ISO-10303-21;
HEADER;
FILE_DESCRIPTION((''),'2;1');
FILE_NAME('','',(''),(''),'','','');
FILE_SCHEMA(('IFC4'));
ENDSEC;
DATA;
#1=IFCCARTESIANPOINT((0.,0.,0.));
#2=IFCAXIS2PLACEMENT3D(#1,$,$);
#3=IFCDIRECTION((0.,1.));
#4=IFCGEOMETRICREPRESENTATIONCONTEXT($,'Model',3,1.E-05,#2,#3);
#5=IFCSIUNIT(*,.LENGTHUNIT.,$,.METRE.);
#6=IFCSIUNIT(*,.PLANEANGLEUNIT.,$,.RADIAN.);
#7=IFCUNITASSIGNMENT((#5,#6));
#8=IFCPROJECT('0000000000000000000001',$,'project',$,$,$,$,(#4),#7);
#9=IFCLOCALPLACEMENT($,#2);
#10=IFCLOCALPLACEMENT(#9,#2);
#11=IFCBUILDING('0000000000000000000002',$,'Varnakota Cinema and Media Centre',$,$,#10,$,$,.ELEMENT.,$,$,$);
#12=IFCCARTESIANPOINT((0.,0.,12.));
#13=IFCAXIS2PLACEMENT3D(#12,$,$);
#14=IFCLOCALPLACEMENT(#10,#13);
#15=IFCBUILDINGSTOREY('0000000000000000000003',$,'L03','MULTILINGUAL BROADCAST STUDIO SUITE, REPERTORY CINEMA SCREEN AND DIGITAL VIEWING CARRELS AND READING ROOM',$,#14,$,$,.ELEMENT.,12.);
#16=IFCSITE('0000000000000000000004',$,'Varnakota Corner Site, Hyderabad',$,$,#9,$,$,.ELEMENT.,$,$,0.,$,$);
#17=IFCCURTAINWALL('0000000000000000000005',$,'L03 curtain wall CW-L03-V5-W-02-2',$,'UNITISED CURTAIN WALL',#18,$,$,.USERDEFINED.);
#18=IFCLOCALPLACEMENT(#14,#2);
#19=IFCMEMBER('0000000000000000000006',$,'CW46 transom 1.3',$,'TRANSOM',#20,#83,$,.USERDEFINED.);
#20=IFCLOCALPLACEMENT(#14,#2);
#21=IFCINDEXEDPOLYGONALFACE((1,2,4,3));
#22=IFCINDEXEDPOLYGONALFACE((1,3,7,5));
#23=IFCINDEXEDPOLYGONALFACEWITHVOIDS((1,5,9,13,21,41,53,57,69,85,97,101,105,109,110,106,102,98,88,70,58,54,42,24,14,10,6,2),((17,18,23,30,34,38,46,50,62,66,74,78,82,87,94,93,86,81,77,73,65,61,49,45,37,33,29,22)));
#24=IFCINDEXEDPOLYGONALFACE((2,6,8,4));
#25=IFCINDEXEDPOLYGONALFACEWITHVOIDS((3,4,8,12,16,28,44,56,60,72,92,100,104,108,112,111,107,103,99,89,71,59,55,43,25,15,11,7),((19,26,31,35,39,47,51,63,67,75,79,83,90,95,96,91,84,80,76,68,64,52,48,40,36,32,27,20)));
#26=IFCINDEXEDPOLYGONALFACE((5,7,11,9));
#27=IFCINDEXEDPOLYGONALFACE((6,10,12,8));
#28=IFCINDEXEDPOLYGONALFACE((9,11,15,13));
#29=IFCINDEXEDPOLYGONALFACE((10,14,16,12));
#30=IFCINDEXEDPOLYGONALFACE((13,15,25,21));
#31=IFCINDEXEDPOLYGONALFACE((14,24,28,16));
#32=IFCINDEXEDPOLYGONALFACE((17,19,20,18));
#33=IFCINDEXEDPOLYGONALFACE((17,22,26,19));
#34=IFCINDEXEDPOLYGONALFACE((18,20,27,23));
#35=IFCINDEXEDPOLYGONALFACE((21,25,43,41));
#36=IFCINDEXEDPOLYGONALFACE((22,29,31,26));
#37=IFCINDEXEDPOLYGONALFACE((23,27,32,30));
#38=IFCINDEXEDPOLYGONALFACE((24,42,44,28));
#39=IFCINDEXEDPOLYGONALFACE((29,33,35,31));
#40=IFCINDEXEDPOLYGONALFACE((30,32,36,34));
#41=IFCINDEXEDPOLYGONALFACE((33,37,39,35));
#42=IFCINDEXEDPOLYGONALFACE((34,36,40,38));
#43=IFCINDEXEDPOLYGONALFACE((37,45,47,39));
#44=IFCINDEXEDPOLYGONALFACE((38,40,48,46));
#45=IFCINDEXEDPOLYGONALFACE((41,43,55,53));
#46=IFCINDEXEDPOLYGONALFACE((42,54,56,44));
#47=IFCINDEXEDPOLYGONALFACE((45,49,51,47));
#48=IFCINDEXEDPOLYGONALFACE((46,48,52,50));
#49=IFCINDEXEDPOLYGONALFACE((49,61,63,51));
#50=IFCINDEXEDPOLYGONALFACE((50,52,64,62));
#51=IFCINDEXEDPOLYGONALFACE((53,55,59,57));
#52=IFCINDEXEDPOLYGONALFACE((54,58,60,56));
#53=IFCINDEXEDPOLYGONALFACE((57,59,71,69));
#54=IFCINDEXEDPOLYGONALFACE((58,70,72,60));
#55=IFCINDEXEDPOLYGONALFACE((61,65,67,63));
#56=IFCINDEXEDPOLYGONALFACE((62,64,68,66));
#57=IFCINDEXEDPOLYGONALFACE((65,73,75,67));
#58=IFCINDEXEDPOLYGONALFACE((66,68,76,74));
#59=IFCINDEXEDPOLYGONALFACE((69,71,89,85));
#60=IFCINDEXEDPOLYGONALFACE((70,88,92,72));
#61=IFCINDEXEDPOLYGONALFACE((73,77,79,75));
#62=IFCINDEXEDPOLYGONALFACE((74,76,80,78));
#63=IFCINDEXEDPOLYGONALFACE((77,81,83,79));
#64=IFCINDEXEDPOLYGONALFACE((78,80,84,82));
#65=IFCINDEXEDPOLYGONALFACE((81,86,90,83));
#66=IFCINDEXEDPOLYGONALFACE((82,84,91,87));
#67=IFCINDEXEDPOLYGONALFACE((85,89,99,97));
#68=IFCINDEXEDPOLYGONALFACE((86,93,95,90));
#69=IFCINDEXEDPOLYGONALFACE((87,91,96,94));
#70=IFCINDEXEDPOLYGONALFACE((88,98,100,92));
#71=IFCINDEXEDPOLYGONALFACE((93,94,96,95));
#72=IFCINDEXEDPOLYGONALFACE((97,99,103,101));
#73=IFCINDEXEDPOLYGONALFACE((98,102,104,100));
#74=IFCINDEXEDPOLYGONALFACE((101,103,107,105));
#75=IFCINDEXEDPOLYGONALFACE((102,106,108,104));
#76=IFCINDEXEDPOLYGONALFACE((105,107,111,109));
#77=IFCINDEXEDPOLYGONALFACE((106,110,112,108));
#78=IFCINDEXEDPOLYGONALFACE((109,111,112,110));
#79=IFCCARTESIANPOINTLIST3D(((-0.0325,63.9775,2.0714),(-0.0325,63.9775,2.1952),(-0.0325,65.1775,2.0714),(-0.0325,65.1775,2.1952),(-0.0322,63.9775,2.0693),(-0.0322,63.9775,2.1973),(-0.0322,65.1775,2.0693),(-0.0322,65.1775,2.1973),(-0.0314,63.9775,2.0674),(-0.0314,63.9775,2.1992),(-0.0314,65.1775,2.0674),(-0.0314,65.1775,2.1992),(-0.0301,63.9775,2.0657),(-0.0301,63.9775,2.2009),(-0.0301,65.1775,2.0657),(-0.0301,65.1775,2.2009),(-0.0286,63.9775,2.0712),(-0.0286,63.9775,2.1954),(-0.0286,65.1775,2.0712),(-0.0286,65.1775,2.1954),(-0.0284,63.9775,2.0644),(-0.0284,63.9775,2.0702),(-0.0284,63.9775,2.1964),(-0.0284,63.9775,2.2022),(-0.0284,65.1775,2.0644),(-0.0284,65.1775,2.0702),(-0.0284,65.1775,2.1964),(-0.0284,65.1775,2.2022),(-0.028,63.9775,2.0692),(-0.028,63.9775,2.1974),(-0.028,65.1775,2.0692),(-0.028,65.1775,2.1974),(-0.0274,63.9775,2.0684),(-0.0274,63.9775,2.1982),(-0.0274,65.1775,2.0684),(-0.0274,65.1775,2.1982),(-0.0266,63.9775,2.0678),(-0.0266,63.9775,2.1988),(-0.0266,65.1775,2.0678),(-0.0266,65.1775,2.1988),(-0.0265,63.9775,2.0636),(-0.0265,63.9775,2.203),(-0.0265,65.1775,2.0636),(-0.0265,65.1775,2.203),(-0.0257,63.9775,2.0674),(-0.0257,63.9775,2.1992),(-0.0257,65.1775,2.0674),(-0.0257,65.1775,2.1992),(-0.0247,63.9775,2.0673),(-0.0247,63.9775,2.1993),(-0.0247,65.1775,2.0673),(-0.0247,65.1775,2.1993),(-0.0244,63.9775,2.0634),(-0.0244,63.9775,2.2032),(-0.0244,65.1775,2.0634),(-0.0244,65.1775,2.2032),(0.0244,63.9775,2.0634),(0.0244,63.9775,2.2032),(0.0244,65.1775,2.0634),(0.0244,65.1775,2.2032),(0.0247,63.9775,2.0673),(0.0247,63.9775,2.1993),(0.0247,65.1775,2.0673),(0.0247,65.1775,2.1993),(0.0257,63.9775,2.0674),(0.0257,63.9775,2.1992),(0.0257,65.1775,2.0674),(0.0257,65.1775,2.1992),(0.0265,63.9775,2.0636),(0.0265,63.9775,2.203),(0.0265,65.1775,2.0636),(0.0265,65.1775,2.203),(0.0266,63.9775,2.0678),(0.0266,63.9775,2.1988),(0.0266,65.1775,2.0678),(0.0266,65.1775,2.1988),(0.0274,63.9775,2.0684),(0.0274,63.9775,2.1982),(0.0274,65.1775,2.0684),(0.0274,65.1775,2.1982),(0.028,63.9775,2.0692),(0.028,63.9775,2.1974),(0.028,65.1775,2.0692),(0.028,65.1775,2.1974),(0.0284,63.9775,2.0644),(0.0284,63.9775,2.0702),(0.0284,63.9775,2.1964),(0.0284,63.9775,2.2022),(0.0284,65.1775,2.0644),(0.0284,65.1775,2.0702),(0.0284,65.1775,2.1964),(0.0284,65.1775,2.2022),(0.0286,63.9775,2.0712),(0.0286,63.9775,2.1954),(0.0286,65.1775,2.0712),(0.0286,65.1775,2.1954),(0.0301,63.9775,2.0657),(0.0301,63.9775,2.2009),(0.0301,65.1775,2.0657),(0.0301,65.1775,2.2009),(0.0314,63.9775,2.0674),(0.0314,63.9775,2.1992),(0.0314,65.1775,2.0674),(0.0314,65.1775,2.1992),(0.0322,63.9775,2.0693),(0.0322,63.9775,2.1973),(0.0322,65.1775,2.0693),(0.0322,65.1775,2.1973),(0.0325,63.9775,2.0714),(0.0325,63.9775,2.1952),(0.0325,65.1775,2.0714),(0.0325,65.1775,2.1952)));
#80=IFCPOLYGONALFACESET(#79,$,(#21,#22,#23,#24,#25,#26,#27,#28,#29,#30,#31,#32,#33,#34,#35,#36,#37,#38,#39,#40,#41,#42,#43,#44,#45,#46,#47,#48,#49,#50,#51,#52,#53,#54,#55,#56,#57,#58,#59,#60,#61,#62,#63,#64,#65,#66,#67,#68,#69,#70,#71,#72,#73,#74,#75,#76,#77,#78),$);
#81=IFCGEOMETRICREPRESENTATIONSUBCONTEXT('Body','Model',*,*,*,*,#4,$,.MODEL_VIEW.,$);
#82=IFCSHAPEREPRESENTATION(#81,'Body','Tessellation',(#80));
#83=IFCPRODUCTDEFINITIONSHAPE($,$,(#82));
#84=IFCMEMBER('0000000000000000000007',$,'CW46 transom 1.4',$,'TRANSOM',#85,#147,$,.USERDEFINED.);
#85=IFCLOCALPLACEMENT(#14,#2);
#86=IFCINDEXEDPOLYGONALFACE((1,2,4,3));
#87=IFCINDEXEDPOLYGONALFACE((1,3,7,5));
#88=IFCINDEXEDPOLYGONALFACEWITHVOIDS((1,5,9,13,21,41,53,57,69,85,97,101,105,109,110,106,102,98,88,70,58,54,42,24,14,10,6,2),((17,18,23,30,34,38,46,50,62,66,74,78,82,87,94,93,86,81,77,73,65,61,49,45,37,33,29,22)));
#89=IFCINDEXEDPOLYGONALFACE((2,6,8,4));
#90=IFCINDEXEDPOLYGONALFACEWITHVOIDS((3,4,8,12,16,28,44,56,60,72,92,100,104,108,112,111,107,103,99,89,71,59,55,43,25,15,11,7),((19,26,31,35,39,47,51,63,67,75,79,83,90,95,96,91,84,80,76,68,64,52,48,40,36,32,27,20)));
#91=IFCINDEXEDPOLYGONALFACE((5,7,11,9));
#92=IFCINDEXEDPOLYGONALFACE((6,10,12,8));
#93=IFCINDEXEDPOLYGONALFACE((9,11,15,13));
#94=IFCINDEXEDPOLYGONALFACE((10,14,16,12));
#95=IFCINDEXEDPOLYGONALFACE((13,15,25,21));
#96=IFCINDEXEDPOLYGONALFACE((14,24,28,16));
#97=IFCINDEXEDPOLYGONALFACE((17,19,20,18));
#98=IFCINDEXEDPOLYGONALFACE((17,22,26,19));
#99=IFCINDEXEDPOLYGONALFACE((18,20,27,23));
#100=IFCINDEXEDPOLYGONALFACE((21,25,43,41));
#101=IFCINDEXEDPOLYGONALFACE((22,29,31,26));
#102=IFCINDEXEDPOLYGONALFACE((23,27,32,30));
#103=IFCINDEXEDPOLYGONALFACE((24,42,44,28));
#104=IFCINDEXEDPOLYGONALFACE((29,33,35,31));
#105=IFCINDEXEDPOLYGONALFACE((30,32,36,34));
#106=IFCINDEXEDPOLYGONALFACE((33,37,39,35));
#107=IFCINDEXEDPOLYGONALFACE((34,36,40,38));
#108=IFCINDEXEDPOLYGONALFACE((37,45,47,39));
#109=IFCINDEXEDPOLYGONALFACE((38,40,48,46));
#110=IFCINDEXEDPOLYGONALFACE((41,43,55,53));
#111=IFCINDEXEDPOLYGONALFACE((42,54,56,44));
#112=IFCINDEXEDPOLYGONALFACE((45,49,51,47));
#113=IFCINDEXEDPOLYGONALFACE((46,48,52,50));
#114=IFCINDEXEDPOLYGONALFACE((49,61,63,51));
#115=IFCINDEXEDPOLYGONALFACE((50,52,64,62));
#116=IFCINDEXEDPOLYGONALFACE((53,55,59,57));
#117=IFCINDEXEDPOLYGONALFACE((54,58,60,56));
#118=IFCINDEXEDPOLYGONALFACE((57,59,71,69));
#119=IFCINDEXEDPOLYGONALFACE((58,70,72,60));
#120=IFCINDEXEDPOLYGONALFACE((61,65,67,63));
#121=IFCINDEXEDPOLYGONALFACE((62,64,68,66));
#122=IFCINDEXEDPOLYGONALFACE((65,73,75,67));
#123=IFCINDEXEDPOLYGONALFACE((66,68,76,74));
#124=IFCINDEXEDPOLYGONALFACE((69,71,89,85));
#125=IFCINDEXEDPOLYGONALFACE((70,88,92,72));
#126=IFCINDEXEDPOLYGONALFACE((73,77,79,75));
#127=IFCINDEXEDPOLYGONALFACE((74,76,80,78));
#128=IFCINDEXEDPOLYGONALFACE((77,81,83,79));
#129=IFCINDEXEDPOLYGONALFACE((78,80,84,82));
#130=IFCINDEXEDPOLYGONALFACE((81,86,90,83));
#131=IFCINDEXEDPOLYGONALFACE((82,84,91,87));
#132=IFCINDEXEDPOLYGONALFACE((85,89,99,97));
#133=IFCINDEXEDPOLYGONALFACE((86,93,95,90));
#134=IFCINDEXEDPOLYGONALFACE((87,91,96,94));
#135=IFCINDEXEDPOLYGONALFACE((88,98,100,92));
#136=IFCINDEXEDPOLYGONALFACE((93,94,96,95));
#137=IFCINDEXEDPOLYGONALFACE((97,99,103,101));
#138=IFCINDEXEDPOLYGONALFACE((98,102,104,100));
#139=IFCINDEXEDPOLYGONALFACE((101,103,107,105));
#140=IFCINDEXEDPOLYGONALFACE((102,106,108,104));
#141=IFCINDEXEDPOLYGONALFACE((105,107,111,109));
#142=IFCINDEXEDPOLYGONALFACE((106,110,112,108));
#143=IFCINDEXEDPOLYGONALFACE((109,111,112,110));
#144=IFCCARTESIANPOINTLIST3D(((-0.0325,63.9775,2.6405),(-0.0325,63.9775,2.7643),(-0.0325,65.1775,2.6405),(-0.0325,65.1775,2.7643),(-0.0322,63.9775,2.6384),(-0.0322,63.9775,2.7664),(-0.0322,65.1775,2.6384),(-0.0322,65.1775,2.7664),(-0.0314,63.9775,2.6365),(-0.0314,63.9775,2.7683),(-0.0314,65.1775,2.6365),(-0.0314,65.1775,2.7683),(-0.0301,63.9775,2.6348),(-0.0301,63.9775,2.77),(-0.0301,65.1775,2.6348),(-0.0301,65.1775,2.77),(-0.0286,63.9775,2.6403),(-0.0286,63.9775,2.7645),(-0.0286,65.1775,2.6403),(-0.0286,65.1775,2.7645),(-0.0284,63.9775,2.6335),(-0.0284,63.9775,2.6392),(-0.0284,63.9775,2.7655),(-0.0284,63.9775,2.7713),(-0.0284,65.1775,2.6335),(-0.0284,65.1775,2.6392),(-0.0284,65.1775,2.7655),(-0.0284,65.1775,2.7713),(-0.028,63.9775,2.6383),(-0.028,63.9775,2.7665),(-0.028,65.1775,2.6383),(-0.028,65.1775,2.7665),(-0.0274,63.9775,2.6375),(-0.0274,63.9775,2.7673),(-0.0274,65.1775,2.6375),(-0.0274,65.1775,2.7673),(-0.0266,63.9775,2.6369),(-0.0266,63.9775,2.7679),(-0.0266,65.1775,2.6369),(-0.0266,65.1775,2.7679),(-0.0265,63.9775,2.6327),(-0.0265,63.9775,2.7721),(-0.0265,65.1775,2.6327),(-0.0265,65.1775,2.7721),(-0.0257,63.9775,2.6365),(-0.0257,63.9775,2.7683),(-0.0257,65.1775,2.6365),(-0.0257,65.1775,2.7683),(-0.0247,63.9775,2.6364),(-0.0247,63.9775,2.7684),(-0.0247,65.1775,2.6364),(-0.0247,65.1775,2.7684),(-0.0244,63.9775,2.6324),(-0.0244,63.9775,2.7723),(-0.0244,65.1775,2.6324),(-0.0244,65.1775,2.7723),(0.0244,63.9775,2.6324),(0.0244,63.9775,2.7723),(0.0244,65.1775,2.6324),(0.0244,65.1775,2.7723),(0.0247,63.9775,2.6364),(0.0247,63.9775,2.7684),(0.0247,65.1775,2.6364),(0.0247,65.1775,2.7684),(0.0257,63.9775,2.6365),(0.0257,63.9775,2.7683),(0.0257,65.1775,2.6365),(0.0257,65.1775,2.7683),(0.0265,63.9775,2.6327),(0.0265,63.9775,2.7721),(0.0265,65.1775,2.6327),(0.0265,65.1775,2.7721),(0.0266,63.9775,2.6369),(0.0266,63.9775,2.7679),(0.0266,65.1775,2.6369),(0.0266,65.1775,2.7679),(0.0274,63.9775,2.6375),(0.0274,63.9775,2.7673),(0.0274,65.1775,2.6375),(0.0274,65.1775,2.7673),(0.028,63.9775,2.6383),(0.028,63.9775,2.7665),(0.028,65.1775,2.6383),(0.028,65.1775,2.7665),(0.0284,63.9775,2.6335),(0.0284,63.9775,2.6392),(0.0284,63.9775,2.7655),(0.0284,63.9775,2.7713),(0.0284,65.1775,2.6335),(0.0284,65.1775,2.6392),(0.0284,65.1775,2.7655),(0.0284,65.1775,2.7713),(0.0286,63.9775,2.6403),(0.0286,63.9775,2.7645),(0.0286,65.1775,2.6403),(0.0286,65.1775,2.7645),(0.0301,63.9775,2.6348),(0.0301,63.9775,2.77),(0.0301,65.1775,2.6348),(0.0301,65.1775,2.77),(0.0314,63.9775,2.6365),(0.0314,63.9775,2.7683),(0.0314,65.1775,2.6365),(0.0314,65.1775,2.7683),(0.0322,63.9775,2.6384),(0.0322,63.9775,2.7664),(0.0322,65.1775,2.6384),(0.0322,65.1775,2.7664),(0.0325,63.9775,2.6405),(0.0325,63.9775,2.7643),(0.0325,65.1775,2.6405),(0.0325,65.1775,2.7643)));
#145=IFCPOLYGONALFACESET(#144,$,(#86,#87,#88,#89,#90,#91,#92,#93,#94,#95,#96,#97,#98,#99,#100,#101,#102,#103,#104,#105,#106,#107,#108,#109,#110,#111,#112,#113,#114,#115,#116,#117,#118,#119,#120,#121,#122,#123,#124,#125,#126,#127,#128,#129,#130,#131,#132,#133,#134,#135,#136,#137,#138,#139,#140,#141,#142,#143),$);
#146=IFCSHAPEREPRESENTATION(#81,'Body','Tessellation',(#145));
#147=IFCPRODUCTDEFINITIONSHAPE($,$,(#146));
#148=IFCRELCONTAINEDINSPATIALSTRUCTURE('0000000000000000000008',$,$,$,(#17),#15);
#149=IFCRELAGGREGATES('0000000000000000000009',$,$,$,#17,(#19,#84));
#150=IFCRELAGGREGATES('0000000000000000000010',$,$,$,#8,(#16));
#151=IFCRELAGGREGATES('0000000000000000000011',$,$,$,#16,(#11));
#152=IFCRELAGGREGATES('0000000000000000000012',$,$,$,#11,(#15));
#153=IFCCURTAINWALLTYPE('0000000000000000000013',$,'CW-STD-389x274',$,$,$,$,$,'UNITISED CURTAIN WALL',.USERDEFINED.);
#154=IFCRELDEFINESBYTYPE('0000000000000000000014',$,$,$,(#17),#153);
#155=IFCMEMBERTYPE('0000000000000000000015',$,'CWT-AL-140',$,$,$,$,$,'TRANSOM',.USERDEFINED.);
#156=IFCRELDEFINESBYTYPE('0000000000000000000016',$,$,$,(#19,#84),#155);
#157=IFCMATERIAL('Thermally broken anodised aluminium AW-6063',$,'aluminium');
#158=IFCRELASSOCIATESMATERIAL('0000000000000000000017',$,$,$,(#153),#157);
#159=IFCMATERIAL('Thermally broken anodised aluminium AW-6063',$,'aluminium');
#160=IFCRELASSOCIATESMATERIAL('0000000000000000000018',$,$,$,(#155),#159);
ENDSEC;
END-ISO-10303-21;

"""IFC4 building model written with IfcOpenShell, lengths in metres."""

from ifc_helpers import new_model, si_unit, direction, frame, origin, origin_2d, place, context, subcontext, project, spatial, hollow_rectangle, extrude, material, material_profile, profile_set, type_object, element, aggregate, save


model = new_model("IFC4")

# Units and contexts
model_context = context("Model", 3, precision=1e-05, world=origin(), true_north=direction((0.0, 1.0)))
body_context = subcontext(model_context, "Body", "Model", "MODEL_VIEW")
ifc_project = project(units=[si_unit("LENGTHUNIT", "METRE"), si_unit("PLANEANGLEUNIT", "RADIAN")], contexts=[model_context])

# Site, building, storey
site_placement = place(None, origin())
site = spatial("IfcSite", under=ifc_project, at=site_placement, Name="Varnakota Corner Site, Hyderabad", CompositionType="ELEMENT", RefElevation=0.0)
building_placement = place(site_placement, origin())
building = spatial("IfcBuilding", under=site, at=building_placement, Name="Varnakota Cinema and Media Centre", CompositionType="ELEMENT")
storey_placement = place(building_placement, frame((0.0, 0.0, 12.0)))
storey = spatial("IfcBuildingStorey", under=building, at=storey_placement, Name="L03", Description="MULTILINGUAL BROADCAST STUDIO SUITE, REPERTORY CINEMA SCREEN AND DIGITAL VIEWING CARRELS AND READING ROOM", CompositionType="ELEMENT", Elevation=12.0)

# Shared definitions
ifc_material_1 = material(Name="Thermally broken anodised aluminium AW-6063", Category="aluminium")
curtain_wall_type = type_object("IfcCurtainWallType", Name="CW-STD-389x274", ElementType="UNITISED CURTAIN WALL", PredefinedType="USERDEFINED", material=ifc_material_1)

# Curtain wall, members
curtain_wall_1_placement = place(storey_placement, origin())
curtain_wall_1 = element("IfcCurtainWall", 1, at=curtain_wall_1_placement, inside=storey, type_object=curtain_wall_type, Name="L03 curtain wall CW-L03-V5-W-02-2", ObjectType="UNITISED CURTAIN WALL", PredefinedType="USERDEFINED")
ifc_material_2 = material(Name="Thermally broken anodised aluminium AW-6063", Category="aluminium")
ifc_material_profile_1 = material_profile(ifc_material_2, hollow_rectangle(XDim=0.0649, YDim=0.1399, WallThickness=0.0039, InnerFilletRadius=0.0039, OuterFilletRadius=0.0081, at=origin_2d()), Name="AL-TRANSOM 140x65x4")
ifc_profile_set_1 = profile_set([ifc_material_profile_1], Name="Thermally broken anodised aluminium AW-6063")
member_type_1 = type_object("IfcMemberType", Name="CWT-AL-140", ElementType="TRANSOM", PredefinedType="USERDEFINED", material=ifc_profile_set_1)
member_1_placement = place(storey_placement, frame((0.0, 65.1775, 2.1333), z_axis=(0.0, -1.0, 0.0), x_axis=(1.0, 0.0, 0.0)))
member_1 = element("IfcMember", 2, at=member_1_placement, type_object=member_type_1, Name="CW46 transom 1.3", ObjectType="TRANSOM", PredefinedType="USERDEFINED", context=body_context, shape_type="SweptSolid", body=[
    extrude(hollow_rectangle(XDim=0.0649, YDim=0.1399, WallThickness=0.0039, InnerFilletRadius=0.0039, OuterFilletRadius=0.0081, at=origin_2d()), origin(), (0.0, 0.0, 1.0), 1.2),
])
member_2_placement = place(storey_placement, frame((0.0, 65.1775, 2.7024), z_axis=(0.0, -1.0, 0.0), x_axis=(1.0, 0.0, 0.0)))
member_2 = element("IfcMember", 3, at=member_2_placement, type_object=member_type_1, Name="CW46 transom 1.4", ObjectType="TRANSOM", PredefinedType="USERDEFINED", context=body_context, shape_type="SweptSolid", body=[
    extrude(hollow_rectangle(XDim=0.0649, YDim=0.1399, WallThickness=0.0039, InnerFilletRadius=0.0039, OuterFilletRadius=0.0081, at=origin_2d()), origin(), (0.0, 0.0, 1.0), 1.2),
])

aggregate(curtain_wall_1, [member_1, member_2])

save(model, "model.ifc")
